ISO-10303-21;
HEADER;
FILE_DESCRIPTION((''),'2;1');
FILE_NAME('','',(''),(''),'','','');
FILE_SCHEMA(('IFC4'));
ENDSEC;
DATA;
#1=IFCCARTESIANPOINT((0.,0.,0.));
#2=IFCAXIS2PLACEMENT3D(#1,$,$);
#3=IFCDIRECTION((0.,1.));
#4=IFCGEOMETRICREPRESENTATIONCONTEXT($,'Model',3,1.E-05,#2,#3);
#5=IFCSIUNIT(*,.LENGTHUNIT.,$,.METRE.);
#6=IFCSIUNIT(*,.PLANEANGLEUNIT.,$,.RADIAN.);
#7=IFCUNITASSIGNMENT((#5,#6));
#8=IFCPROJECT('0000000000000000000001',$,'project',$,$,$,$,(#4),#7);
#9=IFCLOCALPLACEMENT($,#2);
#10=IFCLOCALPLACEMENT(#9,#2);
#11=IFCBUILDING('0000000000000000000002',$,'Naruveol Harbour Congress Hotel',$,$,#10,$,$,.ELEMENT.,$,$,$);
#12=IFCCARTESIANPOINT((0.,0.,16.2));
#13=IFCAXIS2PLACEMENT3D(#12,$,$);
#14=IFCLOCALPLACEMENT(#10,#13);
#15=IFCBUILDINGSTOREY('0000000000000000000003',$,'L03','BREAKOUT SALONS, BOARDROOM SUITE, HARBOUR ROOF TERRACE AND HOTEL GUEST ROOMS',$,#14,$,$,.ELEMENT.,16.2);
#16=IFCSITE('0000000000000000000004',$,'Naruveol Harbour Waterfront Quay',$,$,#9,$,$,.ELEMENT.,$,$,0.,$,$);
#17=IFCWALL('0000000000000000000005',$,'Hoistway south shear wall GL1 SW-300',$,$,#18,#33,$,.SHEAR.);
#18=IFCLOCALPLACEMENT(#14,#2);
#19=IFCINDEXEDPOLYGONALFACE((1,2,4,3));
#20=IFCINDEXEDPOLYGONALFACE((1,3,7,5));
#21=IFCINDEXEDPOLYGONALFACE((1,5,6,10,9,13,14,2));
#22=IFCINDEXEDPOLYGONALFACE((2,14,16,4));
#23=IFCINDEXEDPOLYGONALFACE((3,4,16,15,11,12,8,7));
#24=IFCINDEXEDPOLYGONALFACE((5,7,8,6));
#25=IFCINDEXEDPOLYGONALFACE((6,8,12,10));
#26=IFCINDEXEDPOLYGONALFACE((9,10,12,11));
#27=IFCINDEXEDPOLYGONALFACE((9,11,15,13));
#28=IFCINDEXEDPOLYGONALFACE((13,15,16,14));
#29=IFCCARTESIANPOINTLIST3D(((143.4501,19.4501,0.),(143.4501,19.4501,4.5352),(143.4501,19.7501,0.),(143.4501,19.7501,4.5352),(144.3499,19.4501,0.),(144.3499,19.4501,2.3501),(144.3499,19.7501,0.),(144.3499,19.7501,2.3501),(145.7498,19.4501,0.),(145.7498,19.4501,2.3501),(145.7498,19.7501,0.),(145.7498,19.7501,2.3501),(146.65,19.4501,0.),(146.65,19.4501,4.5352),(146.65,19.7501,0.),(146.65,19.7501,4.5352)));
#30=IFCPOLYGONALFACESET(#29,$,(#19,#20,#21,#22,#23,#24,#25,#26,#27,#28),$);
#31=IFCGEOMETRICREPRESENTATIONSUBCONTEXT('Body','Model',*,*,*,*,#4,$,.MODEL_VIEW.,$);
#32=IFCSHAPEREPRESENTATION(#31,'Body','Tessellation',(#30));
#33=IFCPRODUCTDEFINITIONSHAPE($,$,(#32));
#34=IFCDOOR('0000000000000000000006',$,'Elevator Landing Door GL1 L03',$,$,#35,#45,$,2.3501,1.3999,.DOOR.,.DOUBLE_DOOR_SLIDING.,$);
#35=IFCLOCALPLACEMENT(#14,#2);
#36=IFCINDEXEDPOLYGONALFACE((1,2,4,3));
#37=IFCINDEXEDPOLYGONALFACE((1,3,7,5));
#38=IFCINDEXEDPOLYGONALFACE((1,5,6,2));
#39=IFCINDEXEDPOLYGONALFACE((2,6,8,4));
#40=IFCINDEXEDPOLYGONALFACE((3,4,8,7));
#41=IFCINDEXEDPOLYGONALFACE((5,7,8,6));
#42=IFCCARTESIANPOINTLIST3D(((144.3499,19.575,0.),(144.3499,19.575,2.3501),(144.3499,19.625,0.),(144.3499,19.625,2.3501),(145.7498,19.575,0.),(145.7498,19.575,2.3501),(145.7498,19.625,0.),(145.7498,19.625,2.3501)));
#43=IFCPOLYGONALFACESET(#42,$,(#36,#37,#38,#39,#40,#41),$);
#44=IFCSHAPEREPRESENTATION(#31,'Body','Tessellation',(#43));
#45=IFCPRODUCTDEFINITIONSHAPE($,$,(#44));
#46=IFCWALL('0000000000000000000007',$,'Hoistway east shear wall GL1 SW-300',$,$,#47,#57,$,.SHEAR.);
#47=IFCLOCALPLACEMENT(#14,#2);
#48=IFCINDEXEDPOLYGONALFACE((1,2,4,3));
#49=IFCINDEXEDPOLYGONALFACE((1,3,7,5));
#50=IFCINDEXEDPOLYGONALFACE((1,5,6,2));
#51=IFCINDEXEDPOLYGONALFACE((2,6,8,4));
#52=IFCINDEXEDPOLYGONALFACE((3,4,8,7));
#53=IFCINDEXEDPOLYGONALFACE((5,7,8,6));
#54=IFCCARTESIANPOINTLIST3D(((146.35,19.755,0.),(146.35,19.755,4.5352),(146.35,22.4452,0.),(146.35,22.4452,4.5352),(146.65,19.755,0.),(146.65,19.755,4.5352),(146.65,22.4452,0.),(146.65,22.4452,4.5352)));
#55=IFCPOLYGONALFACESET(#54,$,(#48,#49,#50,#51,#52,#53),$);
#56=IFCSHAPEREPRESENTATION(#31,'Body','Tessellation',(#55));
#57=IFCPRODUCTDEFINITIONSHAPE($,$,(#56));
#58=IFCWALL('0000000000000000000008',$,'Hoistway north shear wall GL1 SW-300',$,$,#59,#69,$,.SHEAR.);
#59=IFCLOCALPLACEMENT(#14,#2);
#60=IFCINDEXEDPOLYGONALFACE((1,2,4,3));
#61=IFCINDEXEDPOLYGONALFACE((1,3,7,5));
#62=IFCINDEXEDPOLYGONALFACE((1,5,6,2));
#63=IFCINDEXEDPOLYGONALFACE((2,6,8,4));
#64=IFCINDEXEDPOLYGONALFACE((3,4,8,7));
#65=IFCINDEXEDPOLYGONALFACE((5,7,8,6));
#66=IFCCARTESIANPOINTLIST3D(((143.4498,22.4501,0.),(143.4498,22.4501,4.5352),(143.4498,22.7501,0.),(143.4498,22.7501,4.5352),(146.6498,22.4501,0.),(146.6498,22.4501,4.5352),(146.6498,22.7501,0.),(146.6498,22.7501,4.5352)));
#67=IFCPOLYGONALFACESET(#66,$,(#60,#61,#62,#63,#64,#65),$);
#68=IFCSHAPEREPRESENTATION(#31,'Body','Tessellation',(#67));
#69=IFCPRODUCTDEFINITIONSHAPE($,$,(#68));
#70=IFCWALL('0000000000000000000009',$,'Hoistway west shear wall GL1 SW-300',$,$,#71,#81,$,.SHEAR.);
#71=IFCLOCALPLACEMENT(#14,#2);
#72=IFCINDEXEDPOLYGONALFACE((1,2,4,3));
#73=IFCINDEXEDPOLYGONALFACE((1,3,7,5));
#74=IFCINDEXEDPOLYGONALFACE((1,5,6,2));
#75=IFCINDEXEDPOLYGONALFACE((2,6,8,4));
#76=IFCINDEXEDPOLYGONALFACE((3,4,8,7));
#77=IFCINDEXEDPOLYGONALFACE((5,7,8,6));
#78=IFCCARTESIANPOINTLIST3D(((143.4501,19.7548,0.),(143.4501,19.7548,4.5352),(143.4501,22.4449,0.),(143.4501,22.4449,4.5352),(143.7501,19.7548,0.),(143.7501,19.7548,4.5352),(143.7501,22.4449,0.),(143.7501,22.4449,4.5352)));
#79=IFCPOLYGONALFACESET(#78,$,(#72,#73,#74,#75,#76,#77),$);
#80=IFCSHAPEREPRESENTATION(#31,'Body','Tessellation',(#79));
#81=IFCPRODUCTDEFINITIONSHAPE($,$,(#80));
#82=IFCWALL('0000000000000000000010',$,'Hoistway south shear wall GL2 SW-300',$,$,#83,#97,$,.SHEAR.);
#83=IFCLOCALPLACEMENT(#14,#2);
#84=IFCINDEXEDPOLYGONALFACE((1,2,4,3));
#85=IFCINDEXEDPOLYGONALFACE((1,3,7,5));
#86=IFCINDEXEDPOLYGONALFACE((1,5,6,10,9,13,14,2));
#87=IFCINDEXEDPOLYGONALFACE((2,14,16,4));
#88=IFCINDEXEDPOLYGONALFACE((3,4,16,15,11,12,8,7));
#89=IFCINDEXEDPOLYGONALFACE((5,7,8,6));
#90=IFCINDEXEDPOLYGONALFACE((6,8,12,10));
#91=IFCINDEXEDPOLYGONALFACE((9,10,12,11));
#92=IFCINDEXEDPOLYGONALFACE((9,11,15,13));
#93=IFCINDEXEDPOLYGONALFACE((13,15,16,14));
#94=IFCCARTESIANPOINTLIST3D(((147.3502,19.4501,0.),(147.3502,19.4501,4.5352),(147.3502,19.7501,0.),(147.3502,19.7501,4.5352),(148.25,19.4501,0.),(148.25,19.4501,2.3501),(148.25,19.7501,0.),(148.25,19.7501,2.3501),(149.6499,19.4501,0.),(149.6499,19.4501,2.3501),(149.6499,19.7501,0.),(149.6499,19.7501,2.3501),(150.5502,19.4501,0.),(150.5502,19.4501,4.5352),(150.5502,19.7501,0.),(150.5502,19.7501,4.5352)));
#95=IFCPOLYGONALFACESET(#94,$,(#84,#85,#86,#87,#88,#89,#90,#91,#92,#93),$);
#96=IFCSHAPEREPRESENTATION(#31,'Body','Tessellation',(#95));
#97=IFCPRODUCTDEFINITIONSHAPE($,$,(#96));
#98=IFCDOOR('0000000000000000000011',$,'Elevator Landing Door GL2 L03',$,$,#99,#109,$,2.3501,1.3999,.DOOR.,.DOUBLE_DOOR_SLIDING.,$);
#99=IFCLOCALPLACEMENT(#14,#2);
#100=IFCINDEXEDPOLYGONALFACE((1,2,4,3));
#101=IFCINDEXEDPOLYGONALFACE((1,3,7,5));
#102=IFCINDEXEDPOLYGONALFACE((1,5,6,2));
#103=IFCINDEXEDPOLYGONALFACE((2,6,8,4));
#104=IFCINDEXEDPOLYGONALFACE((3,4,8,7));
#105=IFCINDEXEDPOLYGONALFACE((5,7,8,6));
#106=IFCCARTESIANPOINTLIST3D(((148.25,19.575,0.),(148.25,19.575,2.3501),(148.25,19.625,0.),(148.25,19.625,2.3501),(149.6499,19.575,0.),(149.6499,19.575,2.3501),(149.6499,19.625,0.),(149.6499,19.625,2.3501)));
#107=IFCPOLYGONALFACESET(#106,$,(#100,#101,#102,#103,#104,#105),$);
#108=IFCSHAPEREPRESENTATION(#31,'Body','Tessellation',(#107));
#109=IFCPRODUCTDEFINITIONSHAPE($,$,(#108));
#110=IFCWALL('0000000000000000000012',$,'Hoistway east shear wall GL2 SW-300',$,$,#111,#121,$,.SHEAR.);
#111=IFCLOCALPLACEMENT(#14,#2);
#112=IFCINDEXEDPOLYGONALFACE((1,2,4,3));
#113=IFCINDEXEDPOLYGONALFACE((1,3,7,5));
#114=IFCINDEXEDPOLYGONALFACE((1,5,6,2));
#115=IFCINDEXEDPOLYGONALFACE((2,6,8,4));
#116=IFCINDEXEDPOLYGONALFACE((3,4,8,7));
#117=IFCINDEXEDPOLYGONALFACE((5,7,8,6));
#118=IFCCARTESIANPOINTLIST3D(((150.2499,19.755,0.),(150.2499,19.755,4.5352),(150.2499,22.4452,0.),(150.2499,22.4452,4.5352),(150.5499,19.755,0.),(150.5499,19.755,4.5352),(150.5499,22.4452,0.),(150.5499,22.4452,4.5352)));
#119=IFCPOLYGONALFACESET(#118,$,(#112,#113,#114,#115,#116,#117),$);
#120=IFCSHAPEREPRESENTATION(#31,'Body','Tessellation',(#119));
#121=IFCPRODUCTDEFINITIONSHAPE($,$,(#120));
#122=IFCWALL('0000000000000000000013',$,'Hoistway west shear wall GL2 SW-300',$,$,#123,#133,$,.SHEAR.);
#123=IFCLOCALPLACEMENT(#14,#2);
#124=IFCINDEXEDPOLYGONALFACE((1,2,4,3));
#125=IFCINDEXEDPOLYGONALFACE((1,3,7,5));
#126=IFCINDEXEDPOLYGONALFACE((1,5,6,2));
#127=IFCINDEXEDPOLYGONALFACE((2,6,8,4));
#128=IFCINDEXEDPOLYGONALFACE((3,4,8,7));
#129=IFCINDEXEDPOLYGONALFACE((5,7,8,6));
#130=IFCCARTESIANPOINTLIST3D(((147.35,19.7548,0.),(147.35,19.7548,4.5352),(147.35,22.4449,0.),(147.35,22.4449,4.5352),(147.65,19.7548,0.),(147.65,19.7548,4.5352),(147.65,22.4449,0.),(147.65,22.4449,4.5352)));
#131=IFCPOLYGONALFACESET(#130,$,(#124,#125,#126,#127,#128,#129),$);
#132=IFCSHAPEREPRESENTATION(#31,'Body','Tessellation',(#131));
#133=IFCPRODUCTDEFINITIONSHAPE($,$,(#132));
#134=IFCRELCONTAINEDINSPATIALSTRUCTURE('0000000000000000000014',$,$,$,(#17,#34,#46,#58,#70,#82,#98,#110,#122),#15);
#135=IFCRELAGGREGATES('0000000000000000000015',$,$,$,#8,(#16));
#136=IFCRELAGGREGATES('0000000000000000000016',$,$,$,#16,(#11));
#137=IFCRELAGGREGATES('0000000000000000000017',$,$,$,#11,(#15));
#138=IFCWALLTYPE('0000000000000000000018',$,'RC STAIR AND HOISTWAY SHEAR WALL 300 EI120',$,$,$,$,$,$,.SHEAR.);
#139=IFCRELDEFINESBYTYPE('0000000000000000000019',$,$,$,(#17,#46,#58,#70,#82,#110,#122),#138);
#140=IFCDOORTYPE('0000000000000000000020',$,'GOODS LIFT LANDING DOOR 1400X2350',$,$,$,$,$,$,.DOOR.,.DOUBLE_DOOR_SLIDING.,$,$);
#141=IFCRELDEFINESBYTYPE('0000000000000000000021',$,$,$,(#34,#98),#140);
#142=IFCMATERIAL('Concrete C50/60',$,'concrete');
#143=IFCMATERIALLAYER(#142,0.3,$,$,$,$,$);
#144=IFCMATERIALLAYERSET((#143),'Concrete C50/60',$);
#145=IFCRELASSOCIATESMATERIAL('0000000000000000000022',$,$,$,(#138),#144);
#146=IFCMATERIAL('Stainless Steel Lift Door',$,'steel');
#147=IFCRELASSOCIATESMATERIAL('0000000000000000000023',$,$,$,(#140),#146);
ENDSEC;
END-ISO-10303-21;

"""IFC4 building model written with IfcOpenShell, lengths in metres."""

from ifc_helpers import new_model, si_unit, direction, frame, frame_2d, origin, place, context, subcontext, project, spatial, rectangle, extrude, material, layer, layer_set, type_object, element, fill, save


model = new_model("IFC4")

# Units and contexts
model_context = context("Model", 3, precision=1e-05, world=origin(), true_north=direction((0.0, 1.0)))
body_context = subcontext(model_context, "Body", "Model", "MODEL_VIEW")
ifc_project = project(units=[si_unit("LENGTHUNIT", "METRE"), si_unit("PLANEANGLEUNIT", "RADIAN")], contexts=[model_context])

# Site, building, storey
site_placement = place(None, origin())
site = spatial("IfcSite", under=ifc_project, at=site_placement, Name="Naruveol Harbour Waterfront Quay", CompositionType="ELEMENT", RefElevation=0.0)
building_placement = place(site_placement, origin())
building = spatial("IfcBuilding", under=site, at=building_placement, Name="Naruveol Harbour Congress Hotel", CompositionType="ELEMENT")
storey_placement = place(building_placement, frame((0.0, 0.0, 16.2)))
storey = spatial("IfcBuildingStorey", under=building, at=storey_placement, Name="L03", Description="BREAKOUT SALONS, BOARDROOM SUITE, HARBOUR ROOF TERRACE AND HOTEL GUEST ROOMS", CompositionType="ELEMENT", Elevation=16.2)

# Shared definitions
ifc_material_1 = material(Name="Concrete C50/60", Category="concrete")
ifc_layer_1 = layer(ifc_material_1, 0.3)
ifc_layer_set_1 = layer_set([ifc_layer_1], Name="Concrete C50/60")
wall_type_1 = type_object("IfcWallType", Name="RC STAIR AND HOISTWAY SHEAR WALL 300 EI120", PredefinedType="SHEAR", material=ifc_layer_set_1)

# Wall, opening, door
wall_1_placement = place(storey_placement, frame((143.45, 19.6001, 0.0), z_axis=(0.0, 0.0, 1.0), x_axis=(1.0, 0.0, 0.0)))
wall_1 = element("IfcWall", 1, at=wall_1_placement, inside=storey, type_object=wall_type_1, Name="Hoistway south shear wall GL1 SW-300", PredefinedType="SHEAR", context=body_context, shape_type="SweptSolid", body=[
    extrude(rectangle(XDim=3.2, YDim=0.3, at=frame_2d((1.6001, 0.0))), origin(), (0.0, 0.0, 1.0), 4.5352),
])
opening_1_placement = place(wall_1_placement, frame((0.8999, 0.0, 0.0)))
opening_1 = element("IfcOpeningElement", 2, at=opening_1_placement, cuts=wall_1, PredefinedType="OPENING", context=body_context, shape_type="SweptSolid", body=[
    extrude(rectangle(XDim=1.3999, YDim=2.3501, at=frame_2d((0.7, 1.175))), frame((0.0, 0.1599, 0.0), z_axis=(0.0, -1.0, 0.0), x_axis=(1.0, 0.0, 0.0)), (0.0, 0.0, 1.0), 0.3201),
])
ifc_material_2 = material(Name="Stainless Steel Lift Door", Category="steel")
door_type_1 = type_object("IfcDoorType", Name="GOODS LIFT LANDING DOOR 1400X2350", OperationType="DOUBLE_DOOR_SLIDING", PredefinedType="DOOR", material=ifc_material_2)
door_1_placement = place(opening_1_placement, origin())
door_1 = element("IfcDoor", 3, at=door_1_placement, inside=storey, type_object=door_type_1, Name="Elevator Landing Door GL1 L03", OperationType="DOUBLE_DOOR_SLIDING", OverallHeight=2.3501, OverallWidth=1.3999, PredefinedType="DOOR", context=body_context, shape_type="SweptSolid", body=[
    extrude(rectangle(XDim=1.3999, YDim=2.3501, at=frame_2d((0.7, 1.175))), frame((0.0, 0.0249, 0.0), z_axis=(0.0, -1.0, 0.0), x_axis=(1.0, 0.0, 0.0)), (0.0, 0.0, 1.0), 0.05),
])
fill(opening_1, door_1)

# Walls
wall_2_placement = place(storey_placement, frame((146.5, 19.7549, 0.0), z_axis=(0.0, 0.0, 1.0), x_axis=(0.0, 1.0, 0.0)))
element("IfcWall", 4, at=wall_2_placement, inside=storey, type_object=wall_type_1, Name="Hoistway east shear wall GL1 SW-300", PredefinedType="SHEAR", context=body_context, shape_type="SweptSolid", body=[
    extrude(rectangle(XDim=2.6902, YDim=0.3, at=frame_2d((1.3452, 0.0))), origin(), (0.0, 0.0, 1.0), 4.5352),
])
wall_3_placement = place(storey_placement, frame((146.6499, 22.6001, 0.0), z_axis=(0.0, 0.0, 1.0), x_axis=(-1.0, 0.0, 0.0)))
element("IfcWall", 5, at=wall_3_placement, inside=storey, type_object=wall_type_1, Name="Hoistway north shear wall GL1 SW-300", PredefinedType="SHEAR", context=body_context, shape_type="SweptSolid", body=[
    extrude(rectangle(XDim=3.2, YDim=0.3, at=frame_2d((1.6001, 0.0))), origin(), (0.0, 0.0, 1.0), 4.5352),
])
wall_4_placement = place(storey_placement, frame((143.6001, 22.4451, 0.0), z_axis=(0.0, 0.0, 1.0), x_axis=(0.0, -1.0, 0.0)))
element("IfcWall", 6, at=wall_4_placement, inside=storey, type_object=wall_type_1, Name="Hoistway west shear wall GL1 SW-300", PredefinedType="SHEAR", context=body_context, shape_type="SweptSolid", body=[
    extrude(rectangle(XDim=2.6902, YDim=0.3, at=frame_2d((1.3452, 0.0))), origin(), (0.0, 0.0, 1.0), 4.5352),
])

# Wall, opening, door
wall_5_placement = place(storey_placement, frame((147.3501, 19.6001, 0.0), z_axis=(0.0, 0.0, 1.0), x_axis=(1.0, 0.0, 0.0)))
wall_5 = element("IfcWall", 7, at=wall_5_placement, inside=storey, type_object=wall_type_1, Name="Hoistway south shear wall GL2 SW-300", PredefinedType="SHEAR", context=body_context, shape_type="SweptSolid", body=[
    extrude(rectangle(XDim=3.2, YDim=0.3, at=frame_2d((1.6001, 0.0))), origin(), (0.0, 0.0, 1.0), 4.5352),
])
opening_2_placement = place(wall_5_placement, frame((0.8999, 0.0, 0.0)))
opening_2 = element("IfcOpeningElement", 8, at=opening_2_placement, cuts=wall_5, PredefinedType="OPENING", context=body_context, shape_type="SweptSolid", body=[
    extrude(rectangle(XDim=1.3999, YDim=2.3501, at=frame_2d((0.7, 1.175))), frame((0.0, 0.1599, 0.0), z_axis=(0.0, -1.0, 0.0), x_axis=(1.0, 0.0, 0.0)), (0.0, 0.0, 1.0), 0.3201),
])
door_2_placement = place(opening_2_placement, origin())
door_2 = element("IfcDoor", 9, at=door_2_placement, inside=storey, type_object=door_type_1, Name="Elevator Landing Door GL2 L03", OperationType="DOUBLE_DOOR_SLIDING", OverallHeight=2.3501, OverallWidth=1.3999, PredefinedType="DOOR", context=body_context, shape_type="SweptSolid", body=[
    extrude(rectangle(XDim=1.3999, YDim=2.3501, at=frame_2d((0.7, 1.175))), frame((0.0, 0.0249, 0.0), z_axis=(0.0, -1.0, 0.0), x_axis=(1.0, 0.0, 0.0)), (0.0, 0.0, 1.0), 0.05),
])
fill(opening_2, door_2)

# Walls
for number, where, z_axis, x_axis, name in (
    (10, (150.3999, 19.7549, 0.0), (0.0, 0.0, 1.0), (0.0, 1.0, 0.0), "Hoistway east shear wall GL2 SW-300"),
    (11, (147.5, 22.4451, 0.0), (0.0, 0.0, 1.0), (0.0, -1.0, 0.0), "Hoistway west shear wall GL2 SW-300"),
):
    element("IfcWall", number, at=place(storey_placement, frame(where, z_axis=z_axis, x_axis=x_axis)), inside=storey, type_object=wall_type_1, Name=name, PredefinedType="SHEAR", context=body_context, shape_type="SweptSolid", body=[
        extrude(rectangle(XDim=2.6902, YDim=0.3, at=frame_2d((1.3452, 0.0))), origin(), (0.0, 0.0, 1.0), 4.5352),
    ])

save(model, "model.ifc")
